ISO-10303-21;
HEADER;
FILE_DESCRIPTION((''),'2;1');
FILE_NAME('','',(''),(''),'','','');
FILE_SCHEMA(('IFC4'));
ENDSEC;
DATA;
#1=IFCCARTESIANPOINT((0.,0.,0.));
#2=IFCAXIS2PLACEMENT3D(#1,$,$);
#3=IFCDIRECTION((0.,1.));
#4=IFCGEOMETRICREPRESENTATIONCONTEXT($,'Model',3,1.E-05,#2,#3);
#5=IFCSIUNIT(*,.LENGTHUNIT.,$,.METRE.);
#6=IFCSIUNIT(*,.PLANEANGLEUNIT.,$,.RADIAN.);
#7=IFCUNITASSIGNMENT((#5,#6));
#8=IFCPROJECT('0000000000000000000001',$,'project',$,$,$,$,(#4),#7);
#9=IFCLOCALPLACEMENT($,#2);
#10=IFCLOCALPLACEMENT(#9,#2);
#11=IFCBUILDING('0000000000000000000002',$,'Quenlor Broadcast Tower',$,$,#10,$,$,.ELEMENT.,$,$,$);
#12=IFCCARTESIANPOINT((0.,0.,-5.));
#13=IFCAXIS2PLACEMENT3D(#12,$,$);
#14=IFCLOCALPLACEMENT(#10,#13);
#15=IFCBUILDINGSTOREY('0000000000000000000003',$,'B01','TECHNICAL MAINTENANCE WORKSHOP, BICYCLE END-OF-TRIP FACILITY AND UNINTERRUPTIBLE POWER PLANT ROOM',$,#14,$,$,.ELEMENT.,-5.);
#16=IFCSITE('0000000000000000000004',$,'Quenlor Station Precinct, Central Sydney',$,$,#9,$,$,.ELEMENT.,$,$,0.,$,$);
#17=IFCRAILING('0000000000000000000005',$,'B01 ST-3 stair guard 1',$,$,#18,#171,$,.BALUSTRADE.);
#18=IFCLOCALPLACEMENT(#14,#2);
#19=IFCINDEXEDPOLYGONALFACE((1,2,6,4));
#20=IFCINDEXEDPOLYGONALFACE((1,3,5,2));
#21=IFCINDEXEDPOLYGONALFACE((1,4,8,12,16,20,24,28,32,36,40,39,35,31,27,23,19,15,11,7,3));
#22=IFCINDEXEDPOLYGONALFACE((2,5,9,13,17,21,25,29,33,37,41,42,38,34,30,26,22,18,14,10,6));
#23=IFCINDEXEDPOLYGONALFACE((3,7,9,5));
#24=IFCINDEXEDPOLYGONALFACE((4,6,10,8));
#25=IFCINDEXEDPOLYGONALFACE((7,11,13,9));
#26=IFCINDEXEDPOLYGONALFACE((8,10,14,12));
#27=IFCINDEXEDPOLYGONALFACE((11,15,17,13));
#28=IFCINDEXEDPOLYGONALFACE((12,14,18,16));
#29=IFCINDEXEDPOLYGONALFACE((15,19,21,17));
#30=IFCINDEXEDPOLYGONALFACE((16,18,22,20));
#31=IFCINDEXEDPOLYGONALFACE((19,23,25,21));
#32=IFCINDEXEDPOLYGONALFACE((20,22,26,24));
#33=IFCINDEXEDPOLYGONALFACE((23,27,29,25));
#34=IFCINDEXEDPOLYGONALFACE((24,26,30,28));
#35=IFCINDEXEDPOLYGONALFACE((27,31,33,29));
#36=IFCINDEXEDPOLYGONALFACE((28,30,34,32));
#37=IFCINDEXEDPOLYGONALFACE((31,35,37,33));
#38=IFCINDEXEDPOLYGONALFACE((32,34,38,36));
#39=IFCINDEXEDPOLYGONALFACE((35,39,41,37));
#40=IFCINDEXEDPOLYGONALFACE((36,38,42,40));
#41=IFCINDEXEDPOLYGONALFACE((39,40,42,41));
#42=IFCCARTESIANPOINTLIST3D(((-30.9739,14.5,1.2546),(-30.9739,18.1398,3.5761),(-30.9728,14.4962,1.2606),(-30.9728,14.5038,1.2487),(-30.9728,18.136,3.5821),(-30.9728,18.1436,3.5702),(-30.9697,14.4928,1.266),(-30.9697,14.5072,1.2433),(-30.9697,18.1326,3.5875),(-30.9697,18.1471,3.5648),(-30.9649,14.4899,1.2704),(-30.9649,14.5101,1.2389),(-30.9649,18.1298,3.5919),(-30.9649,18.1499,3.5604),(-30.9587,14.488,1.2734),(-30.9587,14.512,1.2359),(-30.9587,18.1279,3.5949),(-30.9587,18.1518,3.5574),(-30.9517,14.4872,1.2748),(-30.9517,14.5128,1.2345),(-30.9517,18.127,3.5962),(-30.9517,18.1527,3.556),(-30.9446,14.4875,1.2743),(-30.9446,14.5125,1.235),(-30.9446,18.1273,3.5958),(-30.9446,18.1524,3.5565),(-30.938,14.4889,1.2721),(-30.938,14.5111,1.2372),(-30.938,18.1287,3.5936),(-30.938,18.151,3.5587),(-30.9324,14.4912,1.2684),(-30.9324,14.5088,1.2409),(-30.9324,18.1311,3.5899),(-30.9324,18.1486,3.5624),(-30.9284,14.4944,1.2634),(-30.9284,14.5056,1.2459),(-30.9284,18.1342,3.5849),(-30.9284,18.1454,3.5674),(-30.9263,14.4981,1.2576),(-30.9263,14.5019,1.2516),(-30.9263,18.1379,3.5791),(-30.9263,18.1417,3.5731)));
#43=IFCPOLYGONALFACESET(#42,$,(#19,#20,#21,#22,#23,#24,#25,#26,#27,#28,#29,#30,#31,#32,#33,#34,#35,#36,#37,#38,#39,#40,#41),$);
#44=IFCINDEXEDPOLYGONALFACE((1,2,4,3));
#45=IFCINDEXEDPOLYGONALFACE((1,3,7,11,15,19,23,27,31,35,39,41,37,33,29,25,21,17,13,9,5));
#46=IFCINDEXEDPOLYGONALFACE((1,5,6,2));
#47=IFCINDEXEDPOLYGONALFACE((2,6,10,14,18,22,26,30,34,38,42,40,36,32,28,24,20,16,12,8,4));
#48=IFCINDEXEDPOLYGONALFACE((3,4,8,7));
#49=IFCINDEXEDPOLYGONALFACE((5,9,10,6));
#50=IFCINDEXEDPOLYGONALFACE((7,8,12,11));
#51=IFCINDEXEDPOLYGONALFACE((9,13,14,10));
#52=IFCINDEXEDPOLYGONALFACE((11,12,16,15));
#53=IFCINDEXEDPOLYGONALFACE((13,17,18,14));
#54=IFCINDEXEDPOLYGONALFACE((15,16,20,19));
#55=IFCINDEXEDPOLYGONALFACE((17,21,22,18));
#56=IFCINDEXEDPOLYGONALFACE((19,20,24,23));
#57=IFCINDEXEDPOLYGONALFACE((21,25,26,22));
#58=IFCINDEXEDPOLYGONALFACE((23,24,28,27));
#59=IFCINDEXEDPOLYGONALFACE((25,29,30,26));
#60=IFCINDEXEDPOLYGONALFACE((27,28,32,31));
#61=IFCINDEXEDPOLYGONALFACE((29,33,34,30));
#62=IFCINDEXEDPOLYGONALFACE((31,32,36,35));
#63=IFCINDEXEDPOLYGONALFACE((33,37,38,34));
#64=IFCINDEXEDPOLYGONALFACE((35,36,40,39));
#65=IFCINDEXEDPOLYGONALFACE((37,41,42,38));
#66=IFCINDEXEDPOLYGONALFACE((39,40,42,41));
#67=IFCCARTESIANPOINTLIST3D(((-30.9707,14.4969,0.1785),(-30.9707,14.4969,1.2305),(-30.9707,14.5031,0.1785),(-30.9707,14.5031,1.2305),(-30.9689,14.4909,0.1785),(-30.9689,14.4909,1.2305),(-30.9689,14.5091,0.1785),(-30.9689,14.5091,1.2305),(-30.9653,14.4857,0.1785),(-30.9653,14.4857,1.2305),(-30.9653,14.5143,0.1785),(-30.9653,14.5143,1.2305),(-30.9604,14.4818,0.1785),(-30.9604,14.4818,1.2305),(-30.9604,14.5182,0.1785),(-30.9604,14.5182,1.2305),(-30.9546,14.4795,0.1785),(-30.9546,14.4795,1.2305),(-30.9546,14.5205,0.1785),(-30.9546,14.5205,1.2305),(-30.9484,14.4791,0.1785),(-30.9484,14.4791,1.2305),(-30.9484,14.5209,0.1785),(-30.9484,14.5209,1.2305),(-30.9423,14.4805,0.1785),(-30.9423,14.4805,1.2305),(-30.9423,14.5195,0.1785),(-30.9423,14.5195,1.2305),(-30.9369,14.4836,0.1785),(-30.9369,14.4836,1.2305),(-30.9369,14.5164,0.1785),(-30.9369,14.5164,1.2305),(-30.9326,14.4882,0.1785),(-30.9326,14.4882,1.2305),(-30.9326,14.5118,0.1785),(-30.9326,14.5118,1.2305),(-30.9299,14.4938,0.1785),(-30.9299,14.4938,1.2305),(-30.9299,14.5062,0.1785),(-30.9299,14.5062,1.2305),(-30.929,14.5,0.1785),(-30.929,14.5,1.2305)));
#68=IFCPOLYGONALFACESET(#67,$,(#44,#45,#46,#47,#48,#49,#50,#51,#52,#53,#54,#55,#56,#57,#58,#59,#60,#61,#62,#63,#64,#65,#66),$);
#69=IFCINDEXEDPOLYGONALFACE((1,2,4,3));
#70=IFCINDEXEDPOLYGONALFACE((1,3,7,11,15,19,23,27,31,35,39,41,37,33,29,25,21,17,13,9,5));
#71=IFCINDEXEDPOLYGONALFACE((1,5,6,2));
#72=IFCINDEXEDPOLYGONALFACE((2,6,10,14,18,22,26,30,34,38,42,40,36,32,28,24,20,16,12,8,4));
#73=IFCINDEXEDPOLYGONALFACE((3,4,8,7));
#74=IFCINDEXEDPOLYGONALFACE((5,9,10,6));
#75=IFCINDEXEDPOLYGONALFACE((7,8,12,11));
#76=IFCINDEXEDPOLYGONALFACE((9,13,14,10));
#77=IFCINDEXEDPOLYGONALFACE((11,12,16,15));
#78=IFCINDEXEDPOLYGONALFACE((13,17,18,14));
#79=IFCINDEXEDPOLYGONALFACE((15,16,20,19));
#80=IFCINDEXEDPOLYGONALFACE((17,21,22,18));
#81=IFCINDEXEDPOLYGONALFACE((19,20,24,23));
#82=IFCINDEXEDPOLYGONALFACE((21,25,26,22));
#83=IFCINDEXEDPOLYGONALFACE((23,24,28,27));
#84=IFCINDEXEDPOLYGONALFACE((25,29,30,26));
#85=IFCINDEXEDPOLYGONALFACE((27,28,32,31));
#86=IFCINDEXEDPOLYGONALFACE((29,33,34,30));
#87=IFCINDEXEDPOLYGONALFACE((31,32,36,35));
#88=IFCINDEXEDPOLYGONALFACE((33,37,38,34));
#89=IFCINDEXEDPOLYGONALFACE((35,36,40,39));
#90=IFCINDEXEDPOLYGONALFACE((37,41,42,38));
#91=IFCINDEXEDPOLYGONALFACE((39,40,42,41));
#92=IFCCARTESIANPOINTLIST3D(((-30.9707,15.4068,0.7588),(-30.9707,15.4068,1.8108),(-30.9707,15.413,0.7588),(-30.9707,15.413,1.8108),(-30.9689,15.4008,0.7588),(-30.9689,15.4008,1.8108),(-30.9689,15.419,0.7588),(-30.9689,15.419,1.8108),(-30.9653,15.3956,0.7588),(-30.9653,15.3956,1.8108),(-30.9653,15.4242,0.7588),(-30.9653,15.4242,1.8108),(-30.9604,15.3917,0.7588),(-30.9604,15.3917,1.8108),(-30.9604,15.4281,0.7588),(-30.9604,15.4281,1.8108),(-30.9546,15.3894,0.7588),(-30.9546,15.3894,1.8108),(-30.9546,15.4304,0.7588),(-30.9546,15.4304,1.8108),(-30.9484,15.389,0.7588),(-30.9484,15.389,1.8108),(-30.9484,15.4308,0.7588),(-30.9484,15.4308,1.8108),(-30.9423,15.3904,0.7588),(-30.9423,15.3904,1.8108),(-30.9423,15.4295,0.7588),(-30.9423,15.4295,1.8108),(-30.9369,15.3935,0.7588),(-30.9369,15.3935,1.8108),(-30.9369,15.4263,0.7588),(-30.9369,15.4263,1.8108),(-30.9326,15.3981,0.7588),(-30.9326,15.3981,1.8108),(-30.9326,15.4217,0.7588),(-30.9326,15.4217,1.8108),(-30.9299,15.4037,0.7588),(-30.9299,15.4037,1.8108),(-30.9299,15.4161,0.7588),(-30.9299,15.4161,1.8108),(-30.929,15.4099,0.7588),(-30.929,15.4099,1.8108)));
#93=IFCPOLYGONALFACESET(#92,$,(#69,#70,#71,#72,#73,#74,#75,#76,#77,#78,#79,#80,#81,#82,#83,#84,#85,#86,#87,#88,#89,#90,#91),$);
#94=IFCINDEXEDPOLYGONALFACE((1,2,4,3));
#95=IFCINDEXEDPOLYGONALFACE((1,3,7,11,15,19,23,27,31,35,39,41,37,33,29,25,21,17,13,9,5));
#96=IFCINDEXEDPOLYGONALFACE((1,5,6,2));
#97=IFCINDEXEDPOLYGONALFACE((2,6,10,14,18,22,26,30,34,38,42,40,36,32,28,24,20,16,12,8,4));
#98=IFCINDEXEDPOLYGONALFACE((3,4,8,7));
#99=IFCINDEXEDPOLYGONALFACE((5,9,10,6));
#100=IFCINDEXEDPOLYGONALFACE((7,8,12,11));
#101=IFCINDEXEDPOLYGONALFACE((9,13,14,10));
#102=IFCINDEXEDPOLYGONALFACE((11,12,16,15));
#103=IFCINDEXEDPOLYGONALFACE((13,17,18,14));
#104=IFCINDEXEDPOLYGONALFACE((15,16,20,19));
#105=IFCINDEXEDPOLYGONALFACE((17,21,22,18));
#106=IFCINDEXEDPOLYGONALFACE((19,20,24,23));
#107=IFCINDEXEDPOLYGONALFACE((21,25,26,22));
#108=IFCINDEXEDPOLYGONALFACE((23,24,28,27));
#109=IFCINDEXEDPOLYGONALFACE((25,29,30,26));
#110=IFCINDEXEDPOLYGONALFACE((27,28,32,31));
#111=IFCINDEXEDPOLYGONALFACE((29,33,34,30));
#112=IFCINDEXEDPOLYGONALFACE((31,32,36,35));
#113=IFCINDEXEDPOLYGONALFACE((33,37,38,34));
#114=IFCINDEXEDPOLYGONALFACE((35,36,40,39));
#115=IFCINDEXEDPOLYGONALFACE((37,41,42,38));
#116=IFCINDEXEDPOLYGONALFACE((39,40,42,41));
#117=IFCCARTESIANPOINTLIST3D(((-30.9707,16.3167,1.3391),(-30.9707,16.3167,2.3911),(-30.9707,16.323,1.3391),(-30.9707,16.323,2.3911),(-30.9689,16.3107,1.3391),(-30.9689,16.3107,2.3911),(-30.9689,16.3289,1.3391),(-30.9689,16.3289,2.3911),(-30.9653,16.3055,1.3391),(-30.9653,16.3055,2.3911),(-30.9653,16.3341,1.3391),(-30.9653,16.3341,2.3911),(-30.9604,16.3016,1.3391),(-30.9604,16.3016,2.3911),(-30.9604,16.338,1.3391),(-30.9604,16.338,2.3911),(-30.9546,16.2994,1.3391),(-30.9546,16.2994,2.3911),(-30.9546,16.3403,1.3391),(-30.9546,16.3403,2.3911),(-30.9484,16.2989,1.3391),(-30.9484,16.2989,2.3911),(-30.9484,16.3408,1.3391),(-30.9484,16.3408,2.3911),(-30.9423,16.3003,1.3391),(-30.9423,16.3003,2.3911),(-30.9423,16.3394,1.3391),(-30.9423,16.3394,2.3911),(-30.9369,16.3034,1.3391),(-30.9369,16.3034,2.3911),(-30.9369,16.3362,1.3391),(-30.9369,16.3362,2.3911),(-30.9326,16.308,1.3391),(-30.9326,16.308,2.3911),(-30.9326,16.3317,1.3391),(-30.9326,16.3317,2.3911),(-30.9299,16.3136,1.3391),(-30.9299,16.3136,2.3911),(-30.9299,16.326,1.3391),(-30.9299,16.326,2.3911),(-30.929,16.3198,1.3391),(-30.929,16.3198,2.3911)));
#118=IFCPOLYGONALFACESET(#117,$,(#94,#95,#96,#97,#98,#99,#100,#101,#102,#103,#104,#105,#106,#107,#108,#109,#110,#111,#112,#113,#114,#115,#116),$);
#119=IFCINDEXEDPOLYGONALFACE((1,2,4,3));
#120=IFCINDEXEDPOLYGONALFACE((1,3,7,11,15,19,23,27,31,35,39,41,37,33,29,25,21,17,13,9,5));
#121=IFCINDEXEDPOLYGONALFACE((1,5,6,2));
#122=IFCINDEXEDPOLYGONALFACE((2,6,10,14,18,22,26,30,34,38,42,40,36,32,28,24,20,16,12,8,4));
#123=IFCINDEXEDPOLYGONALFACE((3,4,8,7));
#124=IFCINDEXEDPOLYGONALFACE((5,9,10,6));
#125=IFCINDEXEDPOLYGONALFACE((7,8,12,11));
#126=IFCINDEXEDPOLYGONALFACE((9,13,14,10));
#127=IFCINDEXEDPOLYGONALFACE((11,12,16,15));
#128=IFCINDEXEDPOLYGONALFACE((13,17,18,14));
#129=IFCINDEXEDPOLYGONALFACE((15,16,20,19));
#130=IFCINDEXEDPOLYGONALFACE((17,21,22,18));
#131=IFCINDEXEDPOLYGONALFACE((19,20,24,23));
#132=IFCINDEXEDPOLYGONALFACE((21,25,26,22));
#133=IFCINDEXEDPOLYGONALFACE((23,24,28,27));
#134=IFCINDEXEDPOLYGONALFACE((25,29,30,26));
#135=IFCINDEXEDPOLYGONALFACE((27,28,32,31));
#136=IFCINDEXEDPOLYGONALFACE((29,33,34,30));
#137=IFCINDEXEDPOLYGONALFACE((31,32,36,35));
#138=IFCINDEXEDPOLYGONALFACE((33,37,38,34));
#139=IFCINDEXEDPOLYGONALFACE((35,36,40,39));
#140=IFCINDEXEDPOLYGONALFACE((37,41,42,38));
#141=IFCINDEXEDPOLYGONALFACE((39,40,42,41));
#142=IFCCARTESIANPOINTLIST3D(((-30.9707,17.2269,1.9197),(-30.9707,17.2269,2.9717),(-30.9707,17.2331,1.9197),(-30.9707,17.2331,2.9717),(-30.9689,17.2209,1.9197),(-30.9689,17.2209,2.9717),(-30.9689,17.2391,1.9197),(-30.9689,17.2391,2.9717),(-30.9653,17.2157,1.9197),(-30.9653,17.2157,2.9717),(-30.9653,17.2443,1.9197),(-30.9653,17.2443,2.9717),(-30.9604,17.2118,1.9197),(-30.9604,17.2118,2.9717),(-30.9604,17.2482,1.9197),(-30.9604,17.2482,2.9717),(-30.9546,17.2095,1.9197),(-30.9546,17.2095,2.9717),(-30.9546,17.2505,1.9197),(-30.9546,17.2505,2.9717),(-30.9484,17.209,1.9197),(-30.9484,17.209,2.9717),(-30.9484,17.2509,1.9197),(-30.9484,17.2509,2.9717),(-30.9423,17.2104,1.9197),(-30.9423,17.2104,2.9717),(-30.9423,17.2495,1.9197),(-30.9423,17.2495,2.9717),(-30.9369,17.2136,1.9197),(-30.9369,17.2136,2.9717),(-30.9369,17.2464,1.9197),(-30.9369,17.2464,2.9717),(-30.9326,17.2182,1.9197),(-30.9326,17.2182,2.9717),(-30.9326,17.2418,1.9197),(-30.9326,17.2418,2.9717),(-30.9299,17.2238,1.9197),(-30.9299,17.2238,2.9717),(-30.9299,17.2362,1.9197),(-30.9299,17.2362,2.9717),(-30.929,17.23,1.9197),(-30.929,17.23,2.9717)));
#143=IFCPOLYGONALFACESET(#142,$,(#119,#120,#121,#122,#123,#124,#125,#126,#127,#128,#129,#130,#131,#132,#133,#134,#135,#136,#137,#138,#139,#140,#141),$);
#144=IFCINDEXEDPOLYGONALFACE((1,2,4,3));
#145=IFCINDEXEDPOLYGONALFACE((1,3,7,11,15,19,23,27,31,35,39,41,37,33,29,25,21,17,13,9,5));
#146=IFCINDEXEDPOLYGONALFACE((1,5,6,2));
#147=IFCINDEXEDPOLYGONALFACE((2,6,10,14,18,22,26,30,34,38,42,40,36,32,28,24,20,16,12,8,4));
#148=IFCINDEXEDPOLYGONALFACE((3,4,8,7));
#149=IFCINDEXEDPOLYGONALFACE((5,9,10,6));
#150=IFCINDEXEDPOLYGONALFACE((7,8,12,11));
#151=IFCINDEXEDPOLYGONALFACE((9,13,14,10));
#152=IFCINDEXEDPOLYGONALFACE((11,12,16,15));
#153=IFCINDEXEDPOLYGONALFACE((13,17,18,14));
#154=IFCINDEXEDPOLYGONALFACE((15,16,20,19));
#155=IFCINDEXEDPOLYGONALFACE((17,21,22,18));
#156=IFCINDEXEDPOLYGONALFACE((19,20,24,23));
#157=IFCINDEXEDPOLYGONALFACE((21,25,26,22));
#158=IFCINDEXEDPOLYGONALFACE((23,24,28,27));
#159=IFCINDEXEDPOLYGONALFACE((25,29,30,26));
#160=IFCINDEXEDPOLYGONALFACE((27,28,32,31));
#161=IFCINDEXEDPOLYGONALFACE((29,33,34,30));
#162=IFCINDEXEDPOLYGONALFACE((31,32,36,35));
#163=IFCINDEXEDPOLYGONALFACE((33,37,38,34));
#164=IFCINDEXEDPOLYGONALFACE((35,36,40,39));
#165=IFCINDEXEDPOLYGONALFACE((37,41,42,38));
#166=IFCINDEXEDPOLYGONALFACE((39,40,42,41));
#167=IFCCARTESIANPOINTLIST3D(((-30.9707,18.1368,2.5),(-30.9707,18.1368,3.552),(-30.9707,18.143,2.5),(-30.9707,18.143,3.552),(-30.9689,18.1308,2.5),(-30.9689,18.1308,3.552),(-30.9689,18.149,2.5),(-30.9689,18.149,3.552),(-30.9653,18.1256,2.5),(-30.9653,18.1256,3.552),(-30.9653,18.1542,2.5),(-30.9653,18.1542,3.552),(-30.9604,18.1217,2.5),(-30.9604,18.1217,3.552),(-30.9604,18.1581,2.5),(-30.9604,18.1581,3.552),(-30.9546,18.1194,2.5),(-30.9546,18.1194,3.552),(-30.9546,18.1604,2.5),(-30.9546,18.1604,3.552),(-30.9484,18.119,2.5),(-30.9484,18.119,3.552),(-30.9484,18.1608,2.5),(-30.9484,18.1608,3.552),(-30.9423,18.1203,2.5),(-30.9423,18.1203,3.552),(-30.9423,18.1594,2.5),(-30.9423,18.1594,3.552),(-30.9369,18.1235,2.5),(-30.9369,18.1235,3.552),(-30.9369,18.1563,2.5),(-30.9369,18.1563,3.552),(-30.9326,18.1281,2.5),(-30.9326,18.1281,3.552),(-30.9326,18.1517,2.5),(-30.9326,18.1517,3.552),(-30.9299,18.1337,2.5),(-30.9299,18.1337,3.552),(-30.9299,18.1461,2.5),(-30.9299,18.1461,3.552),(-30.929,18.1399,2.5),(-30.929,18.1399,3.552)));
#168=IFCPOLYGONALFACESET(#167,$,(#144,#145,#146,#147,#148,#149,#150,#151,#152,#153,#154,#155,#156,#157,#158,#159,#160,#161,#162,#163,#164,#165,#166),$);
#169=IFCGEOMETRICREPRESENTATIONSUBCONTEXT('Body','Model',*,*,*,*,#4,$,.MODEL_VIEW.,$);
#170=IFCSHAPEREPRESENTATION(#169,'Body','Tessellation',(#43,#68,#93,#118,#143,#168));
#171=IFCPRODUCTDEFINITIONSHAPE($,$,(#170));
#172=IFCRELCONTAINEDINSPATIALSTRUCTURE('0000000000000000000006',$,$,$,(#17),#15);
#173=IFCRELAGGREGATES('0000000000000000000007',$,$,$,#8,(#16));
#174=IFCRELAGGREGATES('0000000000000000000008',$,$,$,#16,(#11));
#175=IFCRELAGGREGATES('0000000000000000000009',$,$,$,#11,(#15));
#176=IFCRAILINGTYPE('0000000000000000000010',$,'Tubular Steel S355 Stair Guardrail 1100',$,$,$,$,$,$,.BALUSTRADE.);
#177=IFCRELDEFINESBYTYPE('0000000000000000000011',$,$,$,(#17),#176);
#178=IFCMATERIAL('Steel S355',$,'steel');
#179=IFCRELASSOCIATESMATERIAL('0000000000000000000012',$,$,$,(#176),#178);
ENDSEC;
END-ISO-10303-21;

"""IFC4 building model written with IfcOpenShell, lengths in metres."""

from ifc_helpers import new_model, si_unit, direction, frame, origin, origin_2d, place, context, subcontext, project, spatial, circle, extrude, material, type_object, element, save


model = new_model("IFC4")

# Units and contexts
model_context = context("Model", 3, precision=1e-05, world=origin(), true_north=direction((0.0, 1.0)))
body_context = subcontext(model_context, "Body", "Model", "MODEL_VIEW")
ifc_project = project(units=[si_unit("LENGTHUNIT", "METRE"), si_unit("PLANEANGLEUNIT", "RADIAN")], contexts=[model_context])

# Site, building, storey
site_placement = place(None, origin())
site = spatial("IfcSite", under=ifc_project, at=site_placement, Name="Quenlor Station Precinct, Central Sydney", CompositionType="ELEMENT", RefElevation=0.0)
building_placement = place(site_placement, origin())
building = spatial("IfcBuilding", under=site, at=building_placement, Name="Quenlor Broadcast Tower", CompositionType="ELEMENT")
storey_placement = place(building_placement, frame((0.0, 0.0, -5.0)))
storey = spatial("IfcBuildingStorey", under=building, at=storey_placement, Name="B01", Description="TECHNICAL MAINTENANCE WORKSHOP, BICYCLE END-OF-TRIP FACILITY AND UNINTERRUPTIBLE POWER PLANT ROOM", CompositionType="ELEMENT", Elevation=-5.0)

# Railing
ifc_material_1 = material(Name="Steel S355", Category="steel")
railing_type_1 = type_object("IfcRailingType", Name="Tubular Steel S355 Stair Guardrail 1100", PredefinedType="BALUSTRADE", material=ifc_material_1)
railing_1_placement = place(storey_placement, frame((-30.95, 14.5, 0.1785)))
element("IfcRailing", 1, at=railing_1_placement, inside=storey, type_object=railing_type_1, Name="B01 ST-3 stair guard 1", PredefinedType="BALUSTRADE", context=body_context, shape_type="SweptSolid", body=[
    extrude(circle(Radius=0.0239, at=origin_2d()), frame((0.0, 0.0, 1.0762), z_axis=(0.0, 0.843112, 0.537739), x_axis=(-1.0, 0.0, 0.0)), (0.0, 0.0, 1.0), 4.3171),
    extrude(circle(Radius=0.021, at=origin_2d()), origin(), (0.0, 0.0, 1.0), 1.052),
    extrude(circle(Radius=0.021, at=origin_2d()), frame((0.0, 0.9099, 0.5803)), (0.0, 0.0, 1.0), 1.052),
    extrude(circle(Radius=0.021, at=origin_2d()), frame((0.0, 1.8198, 1.1606)), (0.0, 0.0, 1.0), 1.052),
    extrude(circle(Radius=0.021, at=origin_2d()), frame((0.0, 2.73, 1.7412)), (0.0, 0.0, 1.0), 1.052),
    extrude(circle(Radius=0.021, at=origin_2d()), frame((0.0, 3.6399, 2.3215)), (0.0, 0.0, 1.0), 1.052),
])

save(model, "model.ifc")
